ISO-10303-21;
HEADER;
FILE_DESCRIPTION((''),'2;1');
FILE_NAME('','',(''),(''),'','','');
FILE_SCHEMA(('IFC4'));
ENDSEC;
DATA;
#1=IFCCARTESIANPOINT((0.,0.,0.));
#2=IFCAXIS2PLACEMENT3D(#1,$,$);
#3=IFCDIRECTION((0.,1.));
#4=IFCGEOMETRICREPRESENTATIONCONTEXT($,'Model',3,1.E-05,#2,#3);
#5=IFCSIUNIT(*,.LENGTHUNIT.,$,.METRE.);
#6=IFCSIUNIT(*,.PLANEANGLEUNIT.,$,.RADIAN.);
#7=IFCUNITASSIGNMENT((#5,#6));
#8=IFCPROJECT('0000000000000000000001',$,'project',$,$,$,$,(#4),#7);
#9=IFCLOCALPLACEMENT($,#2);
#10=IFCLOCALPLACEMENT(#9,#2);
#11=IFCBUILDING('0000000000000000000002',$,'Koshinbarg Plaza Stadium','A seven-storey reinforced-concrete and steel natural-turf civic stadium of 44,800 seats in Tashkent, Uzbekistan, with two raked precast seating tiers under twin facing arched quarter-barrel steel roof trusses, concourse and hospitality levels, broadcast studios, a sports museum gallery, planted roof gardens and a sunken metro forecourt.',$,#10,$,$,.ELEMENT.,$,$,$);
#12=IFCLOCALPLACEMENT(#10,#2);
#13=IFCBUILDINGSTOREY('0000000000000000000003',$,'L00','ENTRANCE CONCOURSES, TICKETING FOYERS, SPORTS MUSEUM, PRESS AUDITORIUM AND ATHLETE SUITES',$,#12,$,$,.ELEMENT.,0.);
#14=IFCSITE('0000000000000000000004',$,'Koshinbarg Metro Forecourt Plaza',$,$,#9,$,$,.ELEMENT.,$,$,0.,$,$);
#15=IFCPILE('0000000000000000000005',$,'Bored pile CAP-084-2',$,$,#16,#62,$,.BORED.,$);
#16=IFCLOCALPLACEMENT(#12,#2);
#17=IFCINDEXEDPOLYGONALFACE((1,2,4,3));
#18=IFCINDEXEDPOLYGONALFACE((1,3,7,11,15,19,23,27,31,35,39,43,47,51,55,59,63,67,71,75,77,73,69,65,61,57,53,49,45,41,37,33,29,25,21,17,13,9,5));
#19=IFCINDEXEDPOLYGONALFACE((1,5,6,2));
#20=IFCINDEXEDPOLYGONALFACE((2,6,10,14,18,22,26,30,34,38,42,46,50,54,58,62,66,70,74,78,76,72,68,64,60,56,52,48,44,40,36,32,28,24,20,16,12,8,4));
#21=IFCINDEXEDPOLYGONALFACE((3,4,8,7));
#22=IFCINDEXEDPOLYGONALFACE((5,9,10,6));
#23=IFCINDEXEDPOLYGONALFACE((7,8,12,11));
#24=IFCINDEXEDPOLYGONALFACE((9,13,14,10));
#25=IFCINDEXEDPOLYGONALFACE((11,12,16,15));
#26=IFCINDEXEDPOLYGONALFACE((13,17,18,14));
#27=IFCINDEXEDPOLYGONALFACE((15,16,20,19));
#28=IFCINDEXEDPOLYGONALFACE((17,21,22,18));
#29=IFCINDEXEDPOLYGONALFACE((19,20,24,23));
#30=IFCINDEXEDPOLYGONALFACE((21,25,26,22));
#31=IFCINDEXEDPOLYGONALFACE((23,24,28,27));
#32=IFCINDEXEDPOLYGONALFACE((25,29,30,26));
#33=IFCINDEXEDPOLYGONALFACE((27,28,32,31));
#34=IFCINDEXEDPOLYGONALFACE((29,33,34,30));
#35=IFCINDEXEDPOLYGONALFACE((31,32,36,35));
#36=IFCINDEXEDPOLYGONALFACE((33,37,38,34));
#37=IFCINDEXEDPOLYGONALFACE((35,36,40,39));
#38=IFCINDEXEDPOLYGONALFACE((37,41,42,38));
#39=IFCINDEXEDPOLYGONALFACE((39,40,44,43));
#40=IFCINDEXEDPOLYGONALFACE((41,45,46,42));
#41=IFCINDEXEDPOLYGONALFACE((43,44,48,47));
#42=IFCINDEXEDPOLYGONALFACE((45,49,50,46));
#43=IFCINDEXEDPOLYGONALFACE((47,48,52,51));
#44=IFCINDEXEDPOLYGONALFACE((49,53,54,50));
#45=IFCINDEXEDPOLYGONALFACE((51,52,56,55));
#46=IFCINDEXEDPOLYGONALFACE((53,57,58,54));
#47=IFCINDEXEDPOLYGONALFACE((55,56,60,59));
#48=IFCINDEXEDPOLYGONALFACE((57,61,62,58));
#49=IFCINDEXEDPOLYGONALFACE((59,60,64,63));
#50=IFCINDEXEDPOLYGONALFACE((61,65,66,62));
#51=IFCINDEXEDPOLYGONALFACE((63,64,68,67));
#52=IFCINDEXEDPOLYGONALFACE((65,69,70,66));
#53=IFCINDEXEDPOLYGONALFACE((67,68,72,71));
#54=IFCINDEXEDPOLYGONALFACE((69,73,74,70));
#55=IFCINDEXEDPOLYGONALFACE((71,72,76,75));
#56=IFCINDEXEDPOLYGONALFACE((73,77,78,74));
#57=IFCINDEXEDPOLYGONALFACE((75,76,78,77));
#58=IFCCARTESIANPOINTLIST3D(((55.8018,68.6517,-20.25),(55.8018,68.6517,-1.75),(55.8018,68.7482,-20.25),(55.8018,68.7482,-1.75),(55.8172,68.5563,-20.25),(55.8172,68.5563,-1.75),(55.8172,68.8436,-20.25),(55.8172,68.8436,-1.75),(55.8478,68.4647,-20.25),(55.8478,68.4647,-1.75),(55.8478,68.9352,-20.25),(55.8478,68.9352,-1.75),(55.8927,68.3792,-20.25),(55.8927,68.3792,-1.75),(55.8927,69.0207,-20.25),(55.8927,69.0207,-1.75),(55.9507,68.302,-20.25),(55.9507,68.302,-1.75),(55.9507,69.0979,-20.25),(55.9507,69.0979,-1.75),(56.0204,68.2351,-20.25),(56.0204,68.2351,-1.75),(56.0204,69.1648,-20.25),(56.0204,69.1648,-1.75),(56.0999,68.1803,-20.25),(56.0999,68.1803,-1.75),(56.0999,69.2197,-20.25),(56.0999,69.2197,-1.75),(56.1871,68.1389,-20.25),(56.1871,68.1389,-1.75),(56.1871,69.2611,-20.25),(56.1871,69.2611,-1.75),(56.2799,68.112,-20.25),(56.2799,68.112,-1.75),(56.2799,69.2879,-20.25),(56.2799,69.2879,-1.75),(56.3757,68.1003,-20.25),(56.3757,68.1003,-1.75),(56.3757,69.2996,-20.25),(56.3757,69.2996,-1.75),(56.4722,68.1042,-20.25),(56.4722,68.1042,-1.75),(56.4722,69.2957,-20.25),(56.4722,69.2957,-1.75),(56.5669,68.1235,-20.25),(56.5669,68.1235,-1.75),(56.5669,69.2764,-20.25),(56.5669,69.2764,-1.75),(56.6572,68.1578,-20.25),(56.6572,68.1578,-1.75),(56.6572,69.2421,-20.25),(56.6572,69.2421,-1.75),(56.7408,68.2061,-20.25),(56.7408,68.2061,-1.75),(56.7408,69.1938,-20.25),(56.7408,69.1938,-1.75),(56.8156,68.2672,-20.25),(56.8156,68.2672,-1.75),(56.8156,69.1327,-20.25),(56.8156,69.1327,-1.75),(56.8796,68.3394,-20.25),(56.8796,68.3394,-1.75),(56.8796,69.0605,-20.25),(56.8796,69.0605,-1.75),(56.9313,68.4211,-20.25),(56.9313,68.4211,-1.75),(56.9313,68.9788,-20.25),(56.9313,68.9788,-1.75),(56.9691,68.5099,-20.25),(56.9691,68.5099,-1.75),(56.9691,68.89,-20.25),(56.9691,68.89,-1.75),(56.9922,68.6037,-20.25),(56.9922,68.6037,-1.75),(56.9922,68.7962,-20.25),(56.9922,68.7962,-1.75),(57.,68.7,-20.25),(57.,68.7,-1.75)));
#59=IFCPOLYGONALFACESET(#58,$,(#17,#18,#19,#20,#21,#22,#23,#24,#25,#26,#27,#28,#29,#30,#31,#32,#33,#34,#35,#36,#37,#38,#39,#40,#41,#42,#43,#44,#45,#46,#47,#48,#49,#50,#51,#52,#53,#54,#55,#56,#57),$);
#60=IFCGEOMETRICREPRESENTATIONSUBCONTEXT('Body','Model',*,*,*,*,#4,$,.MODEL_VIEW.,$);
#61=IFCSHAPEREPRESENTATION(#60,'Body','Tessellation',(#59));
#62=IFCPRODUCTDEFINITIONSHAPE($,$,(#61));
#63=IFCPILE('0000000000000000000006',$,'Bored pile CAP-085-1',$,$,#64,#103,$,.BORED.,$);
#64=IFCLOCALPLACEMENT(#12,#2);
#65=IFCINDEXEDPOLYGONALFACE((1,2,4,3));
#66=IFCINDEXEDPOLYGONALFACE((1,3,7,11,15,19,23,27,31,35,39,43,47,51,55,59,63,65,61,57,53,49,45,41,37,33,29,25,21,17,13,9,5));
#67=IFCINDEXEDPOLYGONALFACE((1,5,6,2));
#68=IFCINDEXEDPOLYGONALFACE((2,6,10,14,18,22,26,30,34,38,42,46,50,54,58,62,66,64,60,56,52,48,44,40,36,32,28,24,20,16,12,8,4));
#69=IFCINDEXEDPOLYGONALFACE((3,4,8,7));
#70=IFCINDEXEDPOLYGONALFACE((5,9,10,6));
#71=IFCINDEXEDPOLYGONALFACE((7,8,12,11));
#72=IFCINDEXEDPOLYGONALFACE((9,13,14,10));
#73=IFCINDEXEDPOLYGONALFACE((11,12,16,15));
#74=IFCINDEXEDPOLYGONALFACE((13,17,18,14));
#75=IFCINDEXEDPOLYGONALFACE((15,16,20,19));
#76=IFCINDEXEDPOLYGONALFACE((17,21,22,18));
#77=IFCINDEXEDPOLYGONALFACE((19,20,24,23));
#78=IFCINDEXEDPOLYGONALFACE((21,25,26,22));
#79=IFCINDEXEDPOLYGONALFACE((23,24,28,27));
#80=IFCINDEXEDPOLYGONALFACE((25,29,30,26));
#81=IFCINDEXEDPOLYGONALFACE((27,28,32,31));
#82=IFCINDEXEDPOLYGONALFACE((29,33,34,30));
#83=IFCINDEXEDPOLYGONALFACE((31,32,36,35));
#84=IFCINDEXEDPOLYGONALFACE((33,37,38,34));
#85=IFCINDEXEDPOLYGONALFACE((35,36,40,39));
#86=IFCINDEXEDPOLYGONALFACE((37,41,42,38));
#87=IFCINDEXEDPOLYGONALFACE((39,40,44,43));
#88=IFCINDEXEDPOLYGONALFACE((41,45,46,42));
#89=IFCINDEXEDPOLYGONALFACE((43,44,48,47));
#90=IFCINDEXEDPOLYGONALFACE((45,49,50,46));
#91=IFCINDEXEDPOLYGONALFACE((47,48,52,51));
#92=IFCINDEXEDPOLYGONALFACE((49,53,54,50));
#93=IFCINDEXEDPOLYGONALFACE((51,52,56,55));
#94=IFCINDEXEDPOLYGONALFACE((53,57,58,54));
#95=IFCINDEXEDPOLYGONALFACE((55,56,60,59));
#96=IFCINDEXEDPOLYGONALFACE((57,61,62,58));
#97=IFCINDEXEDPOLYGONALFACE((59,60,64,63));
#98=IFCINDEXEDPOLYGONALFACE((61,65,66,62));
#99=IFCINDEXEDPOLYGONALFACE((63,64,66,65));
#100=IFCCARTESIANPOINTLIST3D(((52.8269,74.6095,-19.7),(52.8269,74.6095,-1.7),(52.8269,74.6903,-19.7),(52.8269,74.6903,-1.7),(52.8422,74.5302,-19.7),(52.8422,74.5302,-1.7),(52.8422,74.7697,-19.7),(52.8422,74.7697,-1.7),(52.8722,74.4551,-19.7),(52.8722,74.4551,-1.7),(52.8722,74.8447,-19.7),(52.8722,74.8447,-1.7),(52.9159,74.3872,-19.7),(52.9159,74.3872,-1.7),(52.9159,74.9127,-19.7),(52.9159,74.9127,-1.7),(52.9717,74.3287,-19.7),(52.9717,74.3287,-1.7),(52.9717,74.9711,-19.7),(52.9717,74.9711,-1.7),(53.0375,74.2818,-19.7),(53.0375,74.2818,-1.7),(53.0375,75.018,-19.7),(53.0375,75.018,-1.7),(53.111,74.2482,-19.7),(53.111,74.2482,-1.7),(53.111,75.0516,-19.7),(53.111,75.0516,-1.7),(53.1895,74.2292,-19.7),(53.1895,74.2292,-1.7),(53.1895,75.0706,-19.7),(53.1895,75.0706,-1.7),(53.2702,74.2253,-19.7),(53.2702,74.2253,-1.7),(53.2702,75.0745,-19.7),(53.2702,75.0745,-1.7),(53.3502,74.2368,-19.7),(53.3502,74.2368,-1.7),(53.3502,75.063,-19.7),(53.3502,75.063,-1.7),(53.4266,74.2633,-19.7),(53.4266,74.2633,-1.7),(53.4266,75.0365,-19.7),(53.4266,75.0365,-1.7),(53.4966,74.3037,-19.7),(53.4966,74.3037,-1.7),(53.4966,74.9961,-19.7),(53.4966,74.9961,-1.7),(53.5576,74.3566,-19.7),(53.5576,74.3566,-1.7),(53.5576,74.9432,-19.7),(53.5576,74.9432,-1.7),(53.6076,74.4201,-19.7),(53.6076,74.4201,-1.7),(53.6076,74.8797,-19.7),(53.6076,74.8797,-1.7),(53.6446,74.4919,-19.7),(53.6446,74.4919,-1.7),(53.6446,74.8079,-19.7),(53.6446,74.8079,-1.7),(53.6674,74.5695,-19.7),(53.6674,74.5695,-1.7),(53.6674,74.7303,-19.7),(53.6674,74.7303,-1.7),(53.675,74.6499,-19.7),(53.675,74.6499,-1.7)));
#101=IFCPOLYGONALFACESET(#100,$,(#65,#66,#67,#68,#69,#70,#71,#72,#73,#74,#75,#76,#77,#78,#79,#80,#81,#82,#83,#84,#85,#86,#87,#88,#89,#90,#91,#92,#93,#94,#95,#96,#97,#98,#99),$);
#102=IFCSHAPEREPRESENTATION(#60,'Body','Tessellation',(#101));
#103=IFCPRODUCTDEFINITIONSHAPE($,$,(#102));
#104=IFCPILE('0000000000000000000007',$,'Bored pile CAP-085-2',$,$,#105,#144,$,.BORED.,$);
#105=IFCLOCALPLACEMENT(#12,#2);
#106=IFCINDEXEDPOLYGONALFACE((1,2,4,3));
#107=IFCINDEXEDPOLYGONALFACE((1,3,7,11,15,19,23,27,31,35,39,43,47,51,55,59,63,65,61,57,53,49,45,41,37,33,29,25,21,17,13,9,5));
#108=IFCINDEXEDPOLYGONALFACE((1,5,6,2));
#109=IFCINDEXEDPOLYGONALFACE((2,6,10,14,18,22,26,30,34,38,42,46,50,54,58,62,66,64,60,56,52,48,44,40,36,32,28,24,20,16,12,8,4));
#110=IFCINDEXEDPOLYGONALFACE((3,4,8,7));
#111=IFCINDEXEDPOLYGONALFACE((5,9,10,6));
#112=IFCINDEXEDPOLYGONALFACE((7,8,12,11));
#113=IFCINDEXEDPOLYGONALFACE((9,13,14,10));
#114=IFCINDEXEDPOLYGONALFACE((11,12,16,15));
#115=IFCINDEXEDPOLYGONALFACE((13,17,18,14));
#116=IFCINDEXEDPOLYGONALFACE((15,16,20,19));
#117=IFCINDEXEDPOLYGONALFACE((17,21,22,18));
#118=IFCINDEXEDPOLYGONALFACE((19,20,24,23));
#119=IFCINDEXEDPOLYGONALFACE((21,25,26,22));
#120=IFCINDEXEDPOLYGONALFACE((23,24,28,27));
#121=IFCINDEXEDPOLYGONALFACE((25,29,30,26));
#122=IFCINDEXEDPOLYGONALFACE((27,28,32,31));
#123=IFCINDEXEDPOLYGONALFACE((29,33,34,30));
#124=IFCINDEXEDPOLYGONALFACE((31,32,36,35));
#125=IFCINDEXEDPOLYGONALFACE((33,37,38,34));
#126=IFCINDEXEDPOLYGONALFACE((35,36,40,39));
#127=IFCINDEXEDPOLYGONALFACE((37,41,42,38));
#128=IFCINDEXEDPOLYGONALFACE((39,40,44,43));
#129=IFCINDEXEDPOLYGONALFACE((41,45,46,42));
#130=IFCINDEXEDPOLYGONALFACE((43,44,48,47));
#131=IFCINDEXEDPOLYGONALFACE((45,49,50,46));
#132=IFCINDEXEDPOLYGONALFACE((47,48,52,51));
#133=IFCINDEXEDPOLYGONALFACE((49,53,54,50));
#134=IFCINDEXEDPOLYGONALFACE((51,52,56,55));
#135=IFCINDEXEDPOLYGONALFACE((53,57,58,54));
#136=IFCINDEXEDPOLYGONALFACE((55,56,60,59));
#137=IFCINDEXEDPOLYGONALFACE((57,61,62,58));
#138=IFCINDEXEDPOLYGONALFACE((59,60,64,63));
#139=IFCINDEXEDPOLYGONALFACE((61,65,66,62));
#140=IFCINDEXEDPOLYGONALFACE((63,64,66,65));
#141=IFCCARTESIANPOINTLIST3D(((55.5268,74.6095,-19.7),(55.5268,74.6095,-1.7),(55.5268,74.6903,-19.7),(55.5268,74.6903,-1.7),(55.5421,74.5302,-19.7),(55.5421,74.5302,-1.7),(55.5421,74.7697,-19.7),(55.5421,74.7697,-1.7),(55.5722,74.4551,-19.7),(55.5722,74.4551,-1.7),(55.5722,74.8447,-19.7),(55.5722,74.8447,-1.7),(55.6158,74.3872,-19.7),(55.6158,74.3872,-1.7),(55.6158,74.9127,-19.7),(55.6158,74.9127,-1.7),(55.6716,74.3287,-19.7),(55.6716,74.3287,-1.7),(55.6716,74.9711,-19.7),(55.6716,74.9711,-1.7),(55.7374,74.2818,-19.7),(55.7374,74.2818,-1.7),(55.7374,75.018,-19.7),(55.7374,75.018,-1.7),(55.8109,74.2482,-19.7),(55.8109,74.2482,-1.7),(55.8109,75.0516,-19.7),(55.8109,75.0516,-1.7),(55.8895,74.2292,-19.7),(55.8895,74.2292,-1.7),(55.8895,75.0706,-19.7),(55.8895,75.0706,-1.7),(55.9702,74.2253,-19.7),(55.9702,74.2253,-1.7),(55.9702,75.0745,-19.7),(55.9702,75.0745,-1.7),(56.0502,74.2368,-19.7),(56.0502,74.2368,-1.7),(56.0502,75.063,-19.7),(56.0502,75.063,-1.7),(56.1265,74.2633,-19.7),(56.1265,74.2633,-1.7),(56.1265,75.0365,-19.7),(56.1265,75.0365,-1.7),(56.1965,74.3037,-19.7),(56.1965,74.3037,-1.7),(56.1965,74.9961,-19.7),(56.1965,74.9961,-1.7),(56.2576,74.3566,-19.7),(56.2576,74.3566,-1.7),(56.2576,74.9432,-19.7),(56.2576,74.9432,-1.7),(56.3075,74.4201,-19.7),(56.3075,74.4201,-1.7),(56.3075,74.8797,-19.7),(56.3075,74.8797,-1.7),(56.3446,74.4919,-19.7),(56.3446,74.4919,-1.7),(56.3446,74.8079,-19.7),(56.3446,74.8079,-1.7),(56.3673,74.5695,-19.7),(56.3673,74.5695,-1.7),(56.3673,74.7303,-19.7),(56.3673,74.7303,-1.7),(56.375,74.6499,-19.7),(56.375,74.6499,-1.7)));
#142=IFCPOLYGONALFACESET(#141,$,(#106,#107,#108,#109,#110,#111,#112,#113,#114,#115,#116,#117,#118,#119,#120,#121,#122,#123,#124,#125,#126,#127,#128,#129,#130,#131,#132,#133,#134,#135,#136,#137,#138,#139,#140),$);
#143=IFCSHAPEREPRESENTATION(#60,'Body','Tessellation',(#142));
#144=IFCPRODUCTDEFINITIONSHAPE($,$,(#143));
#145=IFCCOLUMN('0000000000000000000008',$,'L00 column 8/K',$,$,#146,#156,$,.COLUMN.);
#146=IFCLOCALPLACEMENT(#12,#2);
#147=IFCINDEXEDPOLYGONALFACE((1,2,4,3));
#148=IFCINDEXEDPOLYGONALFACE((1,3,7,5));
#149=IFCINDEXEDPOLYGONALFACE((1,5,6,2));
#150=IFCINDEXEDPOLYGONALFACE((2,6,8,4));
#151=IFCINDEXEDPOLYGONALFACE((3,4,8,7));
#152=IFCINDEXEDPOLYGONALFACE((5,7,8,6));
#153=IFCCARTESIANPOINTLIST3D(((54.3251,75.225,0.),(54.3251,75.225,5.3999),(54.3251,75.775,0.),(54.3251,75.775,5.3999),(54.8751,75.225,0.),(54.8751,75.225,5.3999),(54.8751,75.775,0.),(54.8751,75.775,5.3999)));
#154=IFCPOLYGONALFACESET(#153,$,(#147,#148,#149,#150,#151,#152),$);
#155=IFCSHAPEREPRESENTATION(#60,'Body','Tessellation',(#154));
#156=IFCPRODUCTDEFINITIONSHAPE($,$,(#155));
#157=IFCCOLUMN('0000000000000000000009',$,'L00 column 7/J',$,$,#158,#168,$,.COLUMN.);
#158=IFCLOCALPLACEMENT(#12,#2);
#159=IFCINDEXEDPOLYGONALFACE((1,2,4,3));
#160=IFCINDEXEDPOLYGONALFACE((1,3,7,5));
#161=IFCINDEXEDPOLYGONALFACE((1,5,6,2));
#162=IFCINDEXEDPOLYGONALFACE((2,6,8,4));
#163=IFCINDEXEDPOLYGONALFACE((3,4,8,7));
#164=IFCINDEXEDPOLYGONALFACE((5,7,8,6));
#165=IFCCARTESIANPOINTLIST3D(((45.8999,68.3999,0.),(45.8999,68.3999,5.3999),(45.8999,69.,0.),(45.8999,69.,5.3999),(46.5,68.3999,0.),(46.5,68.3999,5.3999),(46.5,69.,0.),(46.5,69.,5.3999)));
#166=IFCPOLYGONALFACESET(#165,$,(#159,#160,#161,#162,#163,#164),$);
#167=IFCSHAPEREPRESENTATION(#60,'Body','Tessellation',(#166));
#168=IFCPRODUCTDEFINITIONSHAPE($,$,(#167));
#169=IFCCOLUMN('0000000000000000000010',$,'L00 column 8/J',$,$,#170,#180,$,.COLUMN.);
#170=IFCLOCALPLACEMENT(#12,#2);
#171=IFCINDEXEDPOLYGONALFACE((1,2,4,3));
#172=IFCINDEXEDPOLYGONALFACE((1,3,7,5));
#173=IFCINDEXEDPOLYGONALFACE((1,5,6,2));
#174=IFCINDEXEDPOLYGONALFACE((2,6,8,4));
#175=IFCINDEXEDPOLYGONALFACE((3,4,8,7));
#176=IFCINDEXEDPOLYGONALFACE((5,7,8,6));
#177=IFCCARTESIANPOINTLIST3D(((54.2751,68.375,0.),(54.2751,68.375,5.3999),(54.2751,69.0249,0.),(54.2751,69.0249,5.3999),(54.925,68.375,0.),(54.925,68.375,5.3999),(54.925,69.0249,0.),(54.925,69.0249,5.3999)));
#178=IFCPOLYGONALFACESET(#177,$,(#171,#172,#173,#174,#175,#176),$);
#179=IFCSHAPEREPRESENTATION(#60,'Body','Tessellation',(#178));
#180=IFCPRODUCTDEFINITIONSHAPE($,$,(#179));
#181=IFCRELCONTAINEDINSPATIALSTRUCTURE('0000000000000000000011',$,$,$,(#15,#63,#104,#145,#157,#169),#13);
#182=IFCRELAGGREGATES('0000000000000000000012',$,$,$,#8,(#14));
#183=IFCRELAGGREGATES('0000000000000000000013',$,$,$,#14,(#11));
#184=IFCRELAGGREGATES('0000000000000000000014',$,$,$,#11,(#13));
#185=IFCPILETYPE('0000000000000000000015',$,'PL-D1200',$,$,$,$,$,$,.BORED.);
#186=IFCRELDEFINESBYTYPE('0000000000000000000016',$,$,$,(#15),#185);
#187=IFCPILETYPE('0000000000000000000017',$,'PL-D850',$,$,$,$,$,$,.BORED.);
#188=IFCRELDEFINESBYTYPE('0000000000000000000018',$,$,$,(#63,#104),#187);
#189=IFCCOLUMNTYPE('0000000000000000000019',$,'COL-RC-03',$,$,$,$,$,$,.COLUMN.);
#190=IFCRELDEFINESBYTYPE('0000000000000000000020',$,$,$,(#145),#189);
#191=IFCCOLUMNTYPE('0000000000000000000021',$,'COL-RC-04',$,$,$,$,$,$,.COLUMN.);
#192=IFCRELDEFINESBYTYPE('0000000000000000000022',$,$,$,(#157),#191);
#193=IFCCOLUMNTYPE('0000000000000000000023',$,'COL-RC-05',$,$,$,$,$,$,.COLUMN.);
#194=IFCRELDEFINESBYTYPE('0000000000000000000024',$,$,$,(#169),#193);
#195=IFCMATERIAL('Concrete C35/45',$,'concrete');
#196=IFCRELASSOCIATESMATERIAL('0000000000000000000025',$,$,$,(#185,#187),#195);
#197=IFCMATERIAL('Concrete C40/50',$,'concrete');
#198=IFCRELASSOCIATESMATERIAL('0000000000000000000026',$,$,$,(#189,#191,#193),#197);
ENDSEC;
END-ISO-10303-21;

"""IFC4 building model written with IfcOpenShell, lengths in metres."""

from ifc_helpers import new_model, si_unit, direction, frame, origin, origin_2d, place, context, subcontext, project, spatial, rectangle, circle, extrude, material, material_profile, profile_set, type_object, element, save


model = new_model("IFC4")

# Units and contexts
model_context = context("Model", 3, precision=1e-05, world=origin(), true_north=direction((0.0, 1.0)))
body_context = subcontext(model_context, "Body", "Model", "MODEL_VIEW")
ifc_project = project(units=[si_unit("LENGTHUNIT", "METRE"), si_unit("PLANEANGLEUNIT", "RADIAN")], contexts=[model_context])

# Site, building, storey
site_placement = place(None, origin())
site = spatial("IfcSite", under=ifc_project, at=site_placement, Name="Koshinbarg Metro Forecourt Plaza", CompositionType="ELEMENT", RefElevation=0.0)
building_placement = place(site_placement, origin())
building = spatial("IfcBuilding", under=site, at=building_placement, Name="Koshinbarg Plaza Stadium", Description="A seven-storey reinforced-concrete and steel natural-turf civic stadium of 44,800 seats in Tashkent, Uzbekistan, with two raked precast seating tiers under twin facing arched quarter-barrel steel roof trusses, concourse and hospitality levels, broadcast studios, a sports museum gallery, planted roof gardens and a sunken metro forecourt.", CompositionType="ELEMENT")
storey_placement = place(building_placement, origin())
storey = spatial("IfcBuildingStorey", under=building, at=storey_placement, Name="L00", Description="ENTRANCE CONCOURSES, TICKETING FOYERS, SPORTS MUSEUM, PRESS AUDITORIUM AND ATHLETE SUITES", CompositionType="ELEMENT", Elevation=0.0)

# Shared definitions
ifc_material_1 = material(Name="Concrete C35/45", Category="concrete")

# Piles
ifc_material_profile_1 = material_profile(ifc_material_1, circle(Radius=0.6001, at=origin_2d()), Name="PILE D1200")
ifc_profile_set_1 = profile_set([ifc_material_profile_1], Name="Concrete C35/45")
pile_type_1 = type_object("IfcPileType", Name="PL-D1200", PredefinedType="BORED", material=ifc_profile_set_1)
for number, where, z_axis, x_axis, name in (
    (1, (56.3999, 68.7, -1.75), (0.0, 0.0, -1.0), (1.0, 0.0, 0.0), "Bored pile CAP-084-2"),
):
    element("IfcPile", number, at=place(storey_placement, frame(where, z_axis=z_axis, x_axis=x_axis)), inside=storey, type_object=pile_type_1, Name=name, PredefinedType="BORED", context=body_context, shape_type="SweptSolid", body=[
        extrude(circle(Radius=0.6001, at=origin_2d()), origin(), (0.0, 0.0, 1.0), 18.5),
    ])
ifc_material_profile_2 = material_profile(ifc_material_1, circle(Radius=0.425, at=origin_2d()), Name="PILE D850")
ifc_profile_set_2 = profile_set([ifc_material_profile_2], Name="Concrete C35/45")
pile_type_2 = type_object("IfcPileType", Name="PL-D850", PredefinedType="BORED", material=ifc_profile_set_2)
for number, where, z_axis, x_axis, name in (
    (2, (53.25, 74.6499, -1.7), (0.0, 0.0, -1.0), (1.0, 0.0, 0.0), "Bored pile CAP-085-1"),
    (3, (55.95, 74.6499, -1.7), (0.0, 0.0, -1.0), (1.0, 0.0, 0.0), "Bored pile CAP-085-2"),
):
    element("IfcPile", number, at=place(storey_placement, frame(where, z_axis=z_axis, x_axis=x_axis)), inside=storey, type_object=pile_type_2, Name=name, PredefinedType="BORED", context=body_context, shape_type="SweptSolid", body=[
        extrude(circle(Radius=0.425, at=origin_2d()), origin(), (0.0, 0.0, 1.0), 18.0),
    ])

# Columns
ifc_material_2 = material(Name="Concrete C40/50", Category="concrete")
ifc_material_profile_3 = material_profile(ifc_material_2, rectangle(XDim=0.55, YDim=0.55, at=origin_2d()), Name="RC 550x550")
ifc_profile_set_3 = profile_set([ifc_material_profile_3], Name="Concrete C40/50")
column_type_1 = type_object("IfcColumnType", Name="COL-RC-03", PredefinedType="COLUMN", material=ifc_profile_set_3)
column_1_placement = place(storey_placement, frame((54.6001, 75.5, 0.0), z_axis=(0.0, 0.0, 1.0), x_axis=(1.0, 0.0, 0.0)))
element("IfcColumn", 4, at=column_1_placement, inside=storey, type_object=column_type_1, Name="L00 column 8/K", PredefinedType="COLUMN", context=body_context, shape_type="SweptSolid", body=[
    extrude(rectangle(XDim=0.55, YDim=0.55, at=origin_2d()), origin(), (0.0, 0.0, 1.0), 5.3999),
])
ifc_material_profile_4 = material_profile(ifc_material_2, rectangle(XDim=0.6001, YDim=0.6001, at=origin_2d()), Name="RC 600x600")
ifc_profile_set_4 = profile_set([ifc_material_profile_4], Name="Concrete C40/50")
column_type_2 = type_object("IfcColumnType", Name="COL-RC-04", PredefinedType="COLUMN", material=ifc_profile_set_4)
column_2_placement = place(storey_placement, frame((46.2, 68.7, 0.0), z_axis=(0.0, 0.0, 1.0), x_axis=(1.0, 0.0, 0.0)))
element("IfcColumn", 5, at=column_2_placement, inside=storey, type_object=column_type_2, Name="L00 column 7/J", PredefinedType="COLUMN", context=body_context, shape_type="SweptSolid", body=[
    extrude(rectangle(XDim=0.6001, YDim=0.6001, at=origin_2d()), origin(), (0.0, 0.0, 1.0), 5.3999),
])
ifc_material_profile_5 = material_profile(ifc_material_2, rectangle(XDim=0.6499, YDim=0.6499, at=origin_2d()), Name="RC 650x650")
ifc_profile_set_5 = profile_set([ifc_material_profile_5], Name="Concrete C40/50")
column_type_3 = type_object("IfcColumnType", Name="COL-RC-05", PredefinedType="COLUMN", material=ifc_profile_set_5)
column_3_placement = place(storey_placement, frame((54.6001, 68.7, 0.0), z_axis=(0.0, 0.0, 1.0), x_axis=(1.0, 0.0, 0.0)))
element("IfcColumn", 6, at=column_3_placement, inside=storey, type_object=column_type_3, Name="L00 column 8/J", PredefinedType="COLUMN", context=body_context, shape_type="SweptSolid", body=[
    extrude(rectangle(XDim=0.6499, YDim=0.6499, at=origin_2d()), origin(), (0.0, 0.0, 1.0), 5.3999),
])

save(model, "model.ifc")
